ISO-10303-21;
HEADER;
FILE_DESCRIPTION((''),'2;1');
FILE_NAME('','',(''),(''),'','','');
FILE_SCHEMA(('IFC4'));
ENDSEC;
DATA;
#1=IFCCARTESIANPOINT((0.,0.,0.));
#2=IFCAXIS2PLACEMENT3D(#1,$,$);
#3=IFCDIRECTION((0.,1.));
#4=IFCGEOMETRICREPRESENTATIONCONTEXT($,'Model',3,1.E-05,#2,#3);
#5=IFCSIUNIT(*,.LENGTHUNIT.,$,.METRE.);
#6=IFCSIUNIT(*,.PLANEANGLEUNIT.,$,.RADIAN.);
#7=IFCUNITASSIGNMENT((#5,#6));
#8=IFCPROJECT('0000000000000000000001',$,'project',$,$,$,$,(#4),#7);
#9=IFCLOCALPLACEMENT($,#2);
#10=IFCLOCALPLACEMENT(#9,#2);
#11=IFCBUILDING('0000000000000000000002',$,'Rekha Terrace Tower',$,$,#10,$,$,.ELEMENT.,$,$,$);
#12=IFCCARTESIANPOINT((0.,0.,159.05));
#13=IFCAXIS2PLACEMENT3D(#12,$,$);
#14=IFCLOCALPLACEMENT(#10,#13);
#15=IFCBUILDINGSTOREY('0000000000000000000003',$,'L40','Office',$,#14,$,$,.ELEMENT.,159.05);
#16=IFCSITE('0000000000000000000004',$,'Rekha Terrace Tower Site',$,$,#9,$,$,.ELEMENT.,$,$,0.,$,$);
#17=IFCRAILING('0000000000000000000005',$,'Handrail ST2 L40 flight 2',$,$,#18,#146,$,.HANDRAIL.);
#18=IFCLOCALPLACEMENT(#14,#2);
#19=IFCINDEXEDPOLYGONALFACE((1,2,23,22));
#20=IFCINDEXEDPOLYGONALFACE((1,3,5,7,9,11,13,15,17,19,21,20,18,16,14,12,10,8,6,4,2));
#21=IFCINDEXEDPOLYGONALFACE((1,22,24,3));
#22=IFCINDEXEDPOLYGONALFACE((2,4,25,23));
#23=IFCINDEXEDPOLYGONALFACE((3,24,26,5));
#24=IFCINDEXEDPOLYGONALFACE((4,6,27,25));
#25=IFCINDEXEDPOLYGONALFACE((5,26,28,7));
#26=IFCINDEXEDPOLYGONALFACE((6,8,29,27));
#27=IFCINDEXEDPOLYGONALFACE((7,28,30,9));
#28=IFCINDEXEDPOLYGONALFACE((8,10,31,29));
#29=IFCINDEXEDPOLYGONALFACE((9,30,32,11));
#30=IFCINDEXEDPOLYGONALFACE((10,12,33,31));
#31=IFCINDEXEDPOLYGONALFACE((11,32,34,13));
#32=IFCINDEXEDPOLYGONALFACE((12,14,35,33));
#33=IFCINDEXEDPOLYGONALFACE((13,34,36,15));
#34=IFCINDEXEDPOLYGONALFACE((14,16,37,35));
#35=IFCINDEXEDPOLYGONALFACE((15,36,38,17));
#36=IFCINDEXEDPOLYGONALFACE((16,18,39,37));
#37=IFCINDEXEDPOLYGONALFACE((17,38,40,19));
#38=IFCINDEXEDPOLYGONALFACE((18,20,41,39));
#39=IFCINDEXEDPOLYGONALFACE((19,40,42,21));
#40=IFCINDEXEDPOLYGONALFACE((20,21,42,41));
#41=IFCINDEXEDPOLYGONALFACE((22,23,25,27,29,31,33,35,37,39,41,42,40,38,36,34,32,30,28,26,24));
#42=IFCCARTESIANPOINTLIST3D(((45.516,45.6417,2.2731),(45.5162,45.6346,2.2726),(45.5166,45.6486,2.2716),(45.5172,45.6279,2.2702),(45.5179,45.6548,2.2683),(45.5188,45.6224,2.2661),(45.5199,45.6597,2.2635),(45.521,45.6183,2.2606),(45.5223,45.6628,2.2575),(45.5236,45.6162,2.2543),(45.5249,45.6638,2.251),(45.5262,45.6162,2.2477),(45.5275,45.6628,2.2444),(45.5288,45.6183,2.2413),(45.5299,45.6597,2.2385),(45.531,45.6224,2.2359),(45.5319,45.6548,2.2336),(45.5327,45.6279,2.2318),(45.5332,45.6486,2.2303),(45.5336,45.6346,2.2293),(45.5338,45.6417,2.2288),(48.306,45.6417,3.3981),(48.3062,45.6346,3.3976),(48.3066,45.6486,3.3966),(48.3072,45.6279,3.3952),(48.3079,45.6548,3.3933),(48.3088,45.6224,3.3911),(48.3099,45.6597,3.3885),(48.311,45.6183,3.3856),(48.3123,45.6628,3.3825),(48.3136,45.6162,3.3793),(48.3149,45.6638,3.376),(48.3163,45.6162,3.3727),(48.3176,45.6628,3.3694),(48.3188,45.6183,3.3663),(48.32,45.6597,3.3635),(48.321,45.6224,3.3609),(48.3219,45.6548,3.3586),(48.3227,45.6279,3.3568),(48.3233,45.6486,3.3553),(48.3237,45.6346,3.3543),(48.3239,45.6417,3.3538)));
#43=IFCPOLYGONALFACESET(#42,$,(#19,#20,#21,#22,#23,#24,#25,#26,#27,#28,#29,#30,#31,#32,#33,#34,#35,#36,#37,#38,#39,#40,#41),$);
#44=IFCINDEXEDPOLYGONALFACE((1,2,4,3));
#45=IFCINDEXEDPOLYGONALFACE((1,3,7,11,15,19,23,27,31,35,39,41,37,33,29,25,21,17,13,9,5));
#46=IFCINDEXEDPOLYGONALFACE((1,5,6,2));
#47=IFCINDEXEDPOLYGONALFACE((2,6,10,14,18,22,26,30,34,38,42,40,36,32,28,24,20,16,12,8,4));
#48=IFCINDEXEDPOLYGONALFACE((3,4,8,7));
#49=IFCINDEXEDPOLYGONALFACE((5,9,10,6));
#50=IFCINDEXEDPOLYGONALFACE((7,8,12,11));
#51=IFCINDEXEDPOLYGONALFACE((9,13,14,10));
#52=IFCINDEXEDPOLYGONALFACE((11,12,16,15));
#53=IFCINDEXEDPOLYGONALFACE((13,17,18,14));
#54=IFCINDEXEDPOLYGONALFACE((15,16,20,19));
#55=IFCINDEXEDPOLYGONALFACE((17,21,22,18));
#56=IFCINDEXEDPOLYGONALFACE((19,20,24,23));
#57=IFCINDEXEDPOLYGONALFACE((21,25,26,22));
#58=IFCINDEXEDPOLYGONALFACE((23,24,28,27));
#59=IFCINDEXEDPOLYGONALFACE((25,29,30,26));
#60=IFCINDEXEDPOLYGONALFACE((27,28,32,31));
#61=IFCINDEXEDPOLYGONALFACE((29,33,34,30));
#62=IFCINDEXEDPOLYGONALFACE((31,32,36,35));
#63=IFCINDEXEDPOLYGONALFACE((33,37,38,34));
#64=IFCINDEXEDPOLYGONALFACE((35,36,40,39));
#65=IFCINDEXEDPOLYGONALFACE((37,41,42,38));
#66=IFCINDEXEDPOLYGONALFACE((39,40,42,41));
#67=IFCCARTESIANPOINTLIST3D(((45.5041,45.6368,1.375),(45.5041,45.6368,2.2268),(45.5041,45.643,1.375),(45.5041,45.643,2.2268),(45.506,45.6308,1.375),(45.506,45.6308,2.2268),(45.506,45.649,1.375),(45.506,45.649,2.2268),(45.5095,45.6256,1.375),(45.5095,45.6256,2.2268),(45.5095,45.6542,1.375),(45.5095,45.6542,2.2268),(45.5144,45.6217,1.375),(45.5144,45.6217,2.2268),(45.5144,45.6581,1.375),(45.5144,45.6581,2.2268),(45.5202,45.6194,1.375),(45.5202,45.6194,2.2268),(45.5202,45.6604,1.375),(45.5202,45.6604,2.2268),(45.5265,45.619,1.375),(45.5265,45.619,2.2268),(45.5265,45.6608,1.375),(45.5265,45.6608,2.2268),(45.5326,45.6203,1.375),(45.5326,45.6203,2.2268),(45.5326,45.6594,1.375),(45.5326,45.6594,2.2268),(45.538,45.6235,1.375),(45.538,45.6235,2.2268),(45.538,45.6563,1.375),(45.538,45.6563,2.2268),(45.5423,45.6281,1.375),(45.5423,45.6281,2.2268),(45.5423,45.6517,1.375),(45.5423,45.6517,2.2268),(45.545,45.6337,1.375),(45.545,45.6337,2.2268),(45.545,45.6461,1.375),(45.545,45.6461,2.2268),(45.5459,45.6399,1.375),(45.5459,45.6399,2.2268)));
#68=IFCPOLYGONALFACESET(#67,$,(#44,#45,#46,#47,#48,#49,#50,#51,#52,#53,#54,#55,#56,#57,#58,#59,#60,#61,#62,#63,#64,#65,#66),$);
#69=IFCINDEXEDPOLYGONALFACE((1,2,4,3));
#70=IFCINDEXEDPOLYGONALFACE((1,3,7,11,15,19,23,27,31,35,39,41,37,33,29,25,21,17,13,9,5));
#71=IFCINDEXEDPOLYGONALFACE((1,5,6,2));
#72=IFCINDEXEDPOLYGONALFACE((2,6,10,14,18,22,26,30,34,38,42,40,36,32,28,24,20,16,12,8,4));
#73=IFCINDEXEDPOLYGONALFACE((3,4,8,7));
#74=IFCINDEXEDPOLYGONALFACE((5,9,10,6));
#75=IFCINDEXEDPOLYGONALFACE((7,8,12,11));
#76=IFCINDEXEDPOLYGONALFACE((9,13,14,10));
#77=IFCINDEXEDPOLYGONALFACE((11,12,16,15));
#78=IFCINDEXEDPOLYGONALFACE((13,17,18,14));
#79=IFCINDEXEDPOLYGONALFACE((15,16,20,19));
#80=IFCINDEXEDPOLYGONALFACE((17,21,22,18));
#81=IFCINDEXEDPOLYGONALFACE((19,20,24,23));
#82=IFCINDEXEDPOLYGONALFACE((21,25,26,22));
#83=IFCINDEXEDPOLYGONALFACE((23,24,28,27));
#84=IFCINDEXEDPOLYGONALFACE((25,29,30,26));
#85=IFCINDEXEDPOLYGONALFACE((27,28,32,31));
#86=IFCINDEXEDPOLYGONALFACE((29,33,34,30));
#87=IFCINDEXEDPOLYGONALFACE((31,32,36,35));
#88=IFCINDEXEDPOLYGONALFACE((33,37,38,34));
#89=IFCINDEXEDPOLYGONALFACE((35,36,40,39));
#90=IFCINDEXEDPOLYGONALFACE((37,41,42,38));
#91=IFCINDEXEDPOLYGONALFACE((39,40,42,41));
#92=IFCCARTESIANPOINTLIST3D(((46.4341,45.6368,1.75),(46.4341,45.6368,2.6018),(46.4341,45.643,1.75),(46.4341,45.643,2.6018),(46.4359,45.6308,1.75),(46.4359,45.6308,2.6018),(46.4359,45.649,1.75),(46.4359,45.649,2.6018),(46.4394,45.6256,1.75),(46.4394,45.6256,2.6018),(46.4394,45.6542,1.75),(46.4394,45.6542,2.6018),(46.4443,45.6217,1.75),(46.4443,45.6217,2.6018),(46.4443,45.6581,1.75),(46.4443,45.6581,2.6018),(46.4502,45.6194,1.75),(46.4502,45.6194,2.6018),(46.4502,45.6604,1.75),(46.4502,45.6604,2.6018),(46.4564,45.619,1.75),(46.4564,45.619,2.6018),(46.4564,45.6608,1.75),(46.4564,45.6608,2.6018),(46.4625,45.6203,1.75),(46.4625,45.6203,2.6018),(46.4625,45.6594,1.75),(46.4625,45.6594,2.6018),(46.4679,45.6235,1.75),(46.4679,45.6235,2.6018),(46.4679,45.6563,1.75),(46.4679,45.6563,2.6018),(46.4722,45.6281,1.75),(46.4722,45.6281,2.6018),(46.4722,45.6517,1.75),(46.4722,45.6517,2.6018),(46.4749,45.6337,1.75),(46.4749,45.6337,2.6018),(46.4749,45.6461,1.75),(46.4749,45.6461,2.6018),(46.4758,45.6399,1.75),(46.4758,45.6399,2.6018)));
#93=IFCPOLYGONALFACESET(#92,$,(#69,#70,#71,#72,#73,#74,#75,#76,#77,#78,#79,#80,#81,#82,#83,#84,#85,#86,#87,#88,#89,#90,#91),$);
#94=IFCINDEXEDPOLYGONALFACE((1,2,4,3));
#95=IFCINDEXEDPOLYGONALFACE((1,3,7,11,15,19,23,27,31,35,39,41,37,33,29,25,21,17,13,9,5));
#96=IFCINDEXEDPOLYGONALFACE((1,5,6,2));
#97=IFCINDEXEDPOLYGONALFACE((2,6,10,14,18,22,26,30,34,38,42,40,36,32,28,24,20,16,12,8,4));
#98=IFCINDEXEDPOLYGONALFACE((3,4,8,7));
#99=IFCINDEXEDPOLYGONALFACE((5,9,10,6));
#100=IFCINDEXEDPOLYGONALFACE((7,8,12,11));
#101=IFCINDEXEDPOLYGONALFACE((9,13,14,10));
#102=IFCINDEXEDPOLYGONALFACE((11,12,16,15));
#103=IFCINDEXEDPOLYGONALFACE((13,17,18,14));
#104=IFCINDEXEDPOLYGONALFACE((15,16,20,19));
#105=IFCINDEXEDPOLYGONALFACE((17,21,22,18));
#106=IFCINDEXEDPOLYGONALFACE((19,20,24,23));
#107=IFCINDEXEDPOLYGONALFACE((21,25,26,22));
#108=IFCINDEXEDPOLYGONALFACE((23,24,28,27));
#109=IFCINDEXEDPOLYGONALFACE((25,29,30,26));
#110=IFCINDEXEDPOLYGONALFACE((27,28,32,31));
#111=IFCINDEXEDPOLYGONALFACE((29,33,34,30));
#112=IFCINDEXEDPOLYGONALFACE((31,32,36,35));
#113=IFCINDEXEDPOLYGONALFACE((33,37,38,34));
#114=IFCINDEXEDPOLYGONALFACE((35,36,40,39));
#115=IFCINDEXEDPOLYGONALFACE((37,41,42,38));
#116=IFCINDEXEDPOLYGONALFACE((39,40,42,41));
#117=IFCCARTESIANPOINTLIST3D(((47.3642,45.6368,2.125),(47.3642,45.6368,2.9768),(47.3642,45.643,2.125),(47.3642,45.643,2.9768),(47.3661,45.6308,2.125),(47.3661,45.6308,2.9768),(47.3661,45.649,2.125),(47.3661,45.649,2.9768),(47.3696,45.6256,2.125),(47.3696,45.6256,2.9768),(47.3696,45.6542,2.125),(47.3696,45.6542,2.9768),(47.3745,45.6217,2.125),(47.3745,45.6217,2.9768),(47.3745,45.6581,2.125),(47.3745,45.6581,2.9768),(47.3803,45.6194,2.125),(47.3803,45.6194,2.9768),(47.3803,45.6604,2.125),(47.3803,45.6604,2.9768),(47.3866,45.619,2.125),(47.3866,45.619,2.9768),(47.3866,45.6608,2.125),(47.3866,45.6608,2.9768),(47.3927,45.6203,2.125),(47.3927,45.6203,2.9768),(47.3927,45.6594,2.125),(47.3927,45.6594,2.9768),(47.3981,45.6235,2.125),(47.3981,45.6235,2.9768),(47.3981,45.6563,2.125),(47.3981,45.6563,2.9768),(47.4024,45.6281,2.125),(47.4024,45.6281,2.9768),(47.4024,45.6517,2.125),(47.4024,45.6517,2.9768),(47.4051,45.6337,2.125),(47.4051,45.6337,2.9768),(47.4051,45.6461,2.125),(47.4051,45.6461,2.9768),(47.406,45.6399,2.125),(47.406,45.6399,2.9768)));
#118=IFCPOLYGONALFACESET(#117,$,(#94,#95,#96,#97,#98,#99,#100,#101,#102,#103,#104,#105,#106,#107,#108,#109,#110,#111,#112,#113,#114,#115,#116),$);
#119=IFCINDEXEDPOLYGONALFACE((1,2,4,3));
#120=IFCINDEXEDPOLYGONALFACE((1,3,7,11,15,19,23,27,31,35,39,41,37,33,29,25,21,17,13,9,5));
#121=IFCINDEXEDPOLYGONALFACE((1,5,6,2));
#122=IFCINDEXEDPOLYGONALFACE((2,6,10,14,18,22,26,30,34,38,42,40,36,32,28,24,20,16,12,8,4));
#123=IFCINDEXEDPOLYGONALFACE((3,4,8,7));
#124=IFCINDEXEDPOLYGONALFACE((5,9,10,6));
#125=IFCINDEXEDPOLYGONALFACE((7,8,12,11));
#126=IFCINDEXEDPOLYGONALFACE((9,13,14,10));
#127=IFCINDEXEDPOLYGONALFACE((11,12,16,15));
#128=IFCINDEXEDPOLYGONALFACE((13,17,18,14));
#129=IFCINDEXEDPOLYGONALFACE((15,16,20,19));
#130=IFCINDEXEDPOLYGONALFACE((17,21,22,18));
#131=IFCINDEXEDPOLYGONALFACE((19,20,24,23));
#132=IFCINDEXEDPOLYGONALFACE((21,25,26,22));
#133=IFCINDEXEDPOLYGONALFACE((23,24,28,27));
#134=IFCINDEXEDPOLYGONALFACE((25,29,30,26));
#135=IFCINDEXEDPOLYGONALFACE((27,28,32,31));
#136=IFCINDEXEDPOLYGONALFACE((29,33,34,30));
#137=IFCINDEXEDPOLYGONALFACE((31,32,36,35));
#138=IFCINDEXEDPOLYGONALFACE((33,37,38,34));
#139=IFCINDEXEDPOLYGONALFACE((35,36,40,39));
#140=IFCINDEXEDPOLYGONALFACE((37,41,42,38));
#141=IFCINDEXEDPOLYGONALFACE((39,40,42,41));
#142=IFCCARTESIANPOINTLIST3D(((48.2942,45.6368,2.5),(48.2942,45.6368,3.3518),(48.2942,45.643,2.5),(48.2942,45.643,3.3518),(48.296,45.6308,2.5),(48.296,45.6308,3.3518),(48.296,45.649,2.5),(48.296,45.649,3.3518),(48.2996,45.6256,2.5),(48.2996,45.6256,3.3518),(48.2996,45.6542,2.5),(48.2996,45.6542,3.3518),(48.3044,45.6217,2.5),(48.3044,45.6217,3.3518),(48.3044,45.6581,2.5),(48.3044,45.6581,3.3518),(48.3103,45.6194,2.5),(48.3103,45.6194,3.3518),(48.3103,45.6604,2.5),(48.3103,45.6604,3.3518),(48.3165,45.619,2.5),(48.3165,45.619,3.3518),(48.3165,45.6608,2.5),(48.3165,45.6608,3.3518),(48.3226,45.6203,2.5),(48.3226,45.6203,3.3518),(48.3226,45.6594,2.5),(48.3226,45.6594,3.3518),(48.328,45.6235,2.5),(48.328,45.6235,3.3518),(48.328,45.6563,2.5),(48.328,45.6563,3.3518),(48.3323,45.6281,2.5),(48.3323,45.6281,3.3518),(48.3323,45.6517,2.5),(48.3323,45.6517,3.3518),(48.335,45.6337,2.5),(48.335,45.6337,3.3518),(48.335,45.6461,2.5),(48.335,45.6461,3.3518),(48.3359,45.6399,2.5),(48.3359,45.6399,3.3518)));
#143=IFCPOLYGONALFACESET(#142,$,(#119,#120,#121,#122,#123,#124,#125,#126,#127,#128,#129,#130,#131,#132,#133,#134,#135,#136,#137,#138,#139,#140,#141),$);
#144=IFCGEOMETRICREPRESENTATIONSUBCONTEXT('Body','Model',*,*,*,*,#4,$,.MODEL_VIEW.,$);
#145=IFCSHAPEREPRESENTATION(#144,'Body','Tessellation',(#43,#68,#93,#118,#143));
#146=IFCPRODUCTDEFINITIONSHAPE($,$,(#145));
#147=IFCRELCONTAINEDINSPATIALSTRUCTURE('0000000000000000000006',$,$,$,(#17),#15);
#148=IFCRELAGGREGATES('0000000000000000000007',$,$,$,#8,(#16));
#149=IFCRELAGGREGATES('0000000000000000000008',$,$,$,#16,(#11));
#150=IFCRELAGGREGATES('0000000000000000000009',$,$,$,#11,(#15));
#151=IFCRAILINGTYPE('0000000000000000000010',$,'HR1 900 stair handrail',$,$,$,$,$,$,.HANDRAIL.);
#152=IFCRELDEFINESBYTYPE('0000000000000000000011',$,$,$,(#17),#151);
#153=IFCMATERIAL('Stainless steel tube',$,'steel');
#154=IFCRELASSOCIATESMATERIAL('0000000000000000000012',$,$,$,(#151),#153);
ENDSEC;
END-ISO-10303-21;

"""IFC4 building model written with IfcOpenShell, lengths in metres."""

from ifc_helpers import new_model, si_unit, direction, frame, origin, origin_2d, place, context, subcontext, project, spatial, circle, extrude, material, type_object, element, save


model = new_model("IFC4")

# Units and contexts
model_context = context("Model", 3, precision=1e-05, world=origin(), true_north=direction((0.0, 1.0)))
body_context = subcontext(model_context, "Body", "Model", "MODEL_VIEW")
ifc_project = project(units=[si_unit("LENGTHUNIT", "METRE"), si_unit("PLANEANGLEUNIT", "RADIAN")], contexts=[model_context])

# Site, building, storey
site_placement = place(None, origin())
site = spatial("IfcSite", under=ifc_project, at=site_placement, Name="Rekha Terrace Tower Site", CompositionType="ELEMENT", RefElevation=0.0)
building_placement = place(site_placement, origin())
building = spatial("IfcBuilding", under=site, at=building_placement, Name="Rekha Terrace Tower", CompositionType="ELEMENT")
storey_placement = place(building_placement, frame((0.0, 0.0, 159.05)))
storey = spatial("IfcBuildingStorey", under=building, at=storey_placement, Name="L40", Description="Office", CompositionType="ELEMENT", Elevation=159.05)

# Railing
ifc_material_1 = material(Name="Stainless steel tube", Category="steel")
railing_type = type_object("IfcRailingType", Name="HR1 900 stair handrail", PredefinedType="HANDRAIL", material=ifc_material_1)
railing_placement = place(storey_placement, frame((45.5249, 45.6399, 1.375)))
element("IfcRailing", 1, at=railing_placement, inside=storey, type_object=railing_type, Name="Handrail ST2 L40 flight 2", PredefinedType="HANDRAIL", context=body_context, shape_type="SweptSolid", body=[
    extrude(circle(Radius=0.0239, at=origin_2d()), frame((0.0, 0.0, 0.876), z_axis=(0.927443, 0.0, 0.373964), x_axis=(0.0, 1.0, 0.0)), (0.0, 0.0, 1.0), 3.0083),
    extrude(circle(Radius=0.021, at=origin_2d()), origin(), (0.0, 0.0, 1.0), 0.8518),
    extrude(circle(Radius=0.021, at=origin_2d()), frame((0.9299, 0.0, 0.375)), (0.0, 0.0, 1.0), 0.8518),
    extrude(circle(Radius=0.021, at=origin_2d()), frame((1.8601, 0.0, 0.75)), (0.0, 0.0, 1.0), 0.8518),
    extrude(circle(Radius=0.021, at=origin_2d()), frame((2.79, 0.0, 1.125)), (0.0, 0.0, 1.0), 0.8518),
])

save(model, "model.ifc")
